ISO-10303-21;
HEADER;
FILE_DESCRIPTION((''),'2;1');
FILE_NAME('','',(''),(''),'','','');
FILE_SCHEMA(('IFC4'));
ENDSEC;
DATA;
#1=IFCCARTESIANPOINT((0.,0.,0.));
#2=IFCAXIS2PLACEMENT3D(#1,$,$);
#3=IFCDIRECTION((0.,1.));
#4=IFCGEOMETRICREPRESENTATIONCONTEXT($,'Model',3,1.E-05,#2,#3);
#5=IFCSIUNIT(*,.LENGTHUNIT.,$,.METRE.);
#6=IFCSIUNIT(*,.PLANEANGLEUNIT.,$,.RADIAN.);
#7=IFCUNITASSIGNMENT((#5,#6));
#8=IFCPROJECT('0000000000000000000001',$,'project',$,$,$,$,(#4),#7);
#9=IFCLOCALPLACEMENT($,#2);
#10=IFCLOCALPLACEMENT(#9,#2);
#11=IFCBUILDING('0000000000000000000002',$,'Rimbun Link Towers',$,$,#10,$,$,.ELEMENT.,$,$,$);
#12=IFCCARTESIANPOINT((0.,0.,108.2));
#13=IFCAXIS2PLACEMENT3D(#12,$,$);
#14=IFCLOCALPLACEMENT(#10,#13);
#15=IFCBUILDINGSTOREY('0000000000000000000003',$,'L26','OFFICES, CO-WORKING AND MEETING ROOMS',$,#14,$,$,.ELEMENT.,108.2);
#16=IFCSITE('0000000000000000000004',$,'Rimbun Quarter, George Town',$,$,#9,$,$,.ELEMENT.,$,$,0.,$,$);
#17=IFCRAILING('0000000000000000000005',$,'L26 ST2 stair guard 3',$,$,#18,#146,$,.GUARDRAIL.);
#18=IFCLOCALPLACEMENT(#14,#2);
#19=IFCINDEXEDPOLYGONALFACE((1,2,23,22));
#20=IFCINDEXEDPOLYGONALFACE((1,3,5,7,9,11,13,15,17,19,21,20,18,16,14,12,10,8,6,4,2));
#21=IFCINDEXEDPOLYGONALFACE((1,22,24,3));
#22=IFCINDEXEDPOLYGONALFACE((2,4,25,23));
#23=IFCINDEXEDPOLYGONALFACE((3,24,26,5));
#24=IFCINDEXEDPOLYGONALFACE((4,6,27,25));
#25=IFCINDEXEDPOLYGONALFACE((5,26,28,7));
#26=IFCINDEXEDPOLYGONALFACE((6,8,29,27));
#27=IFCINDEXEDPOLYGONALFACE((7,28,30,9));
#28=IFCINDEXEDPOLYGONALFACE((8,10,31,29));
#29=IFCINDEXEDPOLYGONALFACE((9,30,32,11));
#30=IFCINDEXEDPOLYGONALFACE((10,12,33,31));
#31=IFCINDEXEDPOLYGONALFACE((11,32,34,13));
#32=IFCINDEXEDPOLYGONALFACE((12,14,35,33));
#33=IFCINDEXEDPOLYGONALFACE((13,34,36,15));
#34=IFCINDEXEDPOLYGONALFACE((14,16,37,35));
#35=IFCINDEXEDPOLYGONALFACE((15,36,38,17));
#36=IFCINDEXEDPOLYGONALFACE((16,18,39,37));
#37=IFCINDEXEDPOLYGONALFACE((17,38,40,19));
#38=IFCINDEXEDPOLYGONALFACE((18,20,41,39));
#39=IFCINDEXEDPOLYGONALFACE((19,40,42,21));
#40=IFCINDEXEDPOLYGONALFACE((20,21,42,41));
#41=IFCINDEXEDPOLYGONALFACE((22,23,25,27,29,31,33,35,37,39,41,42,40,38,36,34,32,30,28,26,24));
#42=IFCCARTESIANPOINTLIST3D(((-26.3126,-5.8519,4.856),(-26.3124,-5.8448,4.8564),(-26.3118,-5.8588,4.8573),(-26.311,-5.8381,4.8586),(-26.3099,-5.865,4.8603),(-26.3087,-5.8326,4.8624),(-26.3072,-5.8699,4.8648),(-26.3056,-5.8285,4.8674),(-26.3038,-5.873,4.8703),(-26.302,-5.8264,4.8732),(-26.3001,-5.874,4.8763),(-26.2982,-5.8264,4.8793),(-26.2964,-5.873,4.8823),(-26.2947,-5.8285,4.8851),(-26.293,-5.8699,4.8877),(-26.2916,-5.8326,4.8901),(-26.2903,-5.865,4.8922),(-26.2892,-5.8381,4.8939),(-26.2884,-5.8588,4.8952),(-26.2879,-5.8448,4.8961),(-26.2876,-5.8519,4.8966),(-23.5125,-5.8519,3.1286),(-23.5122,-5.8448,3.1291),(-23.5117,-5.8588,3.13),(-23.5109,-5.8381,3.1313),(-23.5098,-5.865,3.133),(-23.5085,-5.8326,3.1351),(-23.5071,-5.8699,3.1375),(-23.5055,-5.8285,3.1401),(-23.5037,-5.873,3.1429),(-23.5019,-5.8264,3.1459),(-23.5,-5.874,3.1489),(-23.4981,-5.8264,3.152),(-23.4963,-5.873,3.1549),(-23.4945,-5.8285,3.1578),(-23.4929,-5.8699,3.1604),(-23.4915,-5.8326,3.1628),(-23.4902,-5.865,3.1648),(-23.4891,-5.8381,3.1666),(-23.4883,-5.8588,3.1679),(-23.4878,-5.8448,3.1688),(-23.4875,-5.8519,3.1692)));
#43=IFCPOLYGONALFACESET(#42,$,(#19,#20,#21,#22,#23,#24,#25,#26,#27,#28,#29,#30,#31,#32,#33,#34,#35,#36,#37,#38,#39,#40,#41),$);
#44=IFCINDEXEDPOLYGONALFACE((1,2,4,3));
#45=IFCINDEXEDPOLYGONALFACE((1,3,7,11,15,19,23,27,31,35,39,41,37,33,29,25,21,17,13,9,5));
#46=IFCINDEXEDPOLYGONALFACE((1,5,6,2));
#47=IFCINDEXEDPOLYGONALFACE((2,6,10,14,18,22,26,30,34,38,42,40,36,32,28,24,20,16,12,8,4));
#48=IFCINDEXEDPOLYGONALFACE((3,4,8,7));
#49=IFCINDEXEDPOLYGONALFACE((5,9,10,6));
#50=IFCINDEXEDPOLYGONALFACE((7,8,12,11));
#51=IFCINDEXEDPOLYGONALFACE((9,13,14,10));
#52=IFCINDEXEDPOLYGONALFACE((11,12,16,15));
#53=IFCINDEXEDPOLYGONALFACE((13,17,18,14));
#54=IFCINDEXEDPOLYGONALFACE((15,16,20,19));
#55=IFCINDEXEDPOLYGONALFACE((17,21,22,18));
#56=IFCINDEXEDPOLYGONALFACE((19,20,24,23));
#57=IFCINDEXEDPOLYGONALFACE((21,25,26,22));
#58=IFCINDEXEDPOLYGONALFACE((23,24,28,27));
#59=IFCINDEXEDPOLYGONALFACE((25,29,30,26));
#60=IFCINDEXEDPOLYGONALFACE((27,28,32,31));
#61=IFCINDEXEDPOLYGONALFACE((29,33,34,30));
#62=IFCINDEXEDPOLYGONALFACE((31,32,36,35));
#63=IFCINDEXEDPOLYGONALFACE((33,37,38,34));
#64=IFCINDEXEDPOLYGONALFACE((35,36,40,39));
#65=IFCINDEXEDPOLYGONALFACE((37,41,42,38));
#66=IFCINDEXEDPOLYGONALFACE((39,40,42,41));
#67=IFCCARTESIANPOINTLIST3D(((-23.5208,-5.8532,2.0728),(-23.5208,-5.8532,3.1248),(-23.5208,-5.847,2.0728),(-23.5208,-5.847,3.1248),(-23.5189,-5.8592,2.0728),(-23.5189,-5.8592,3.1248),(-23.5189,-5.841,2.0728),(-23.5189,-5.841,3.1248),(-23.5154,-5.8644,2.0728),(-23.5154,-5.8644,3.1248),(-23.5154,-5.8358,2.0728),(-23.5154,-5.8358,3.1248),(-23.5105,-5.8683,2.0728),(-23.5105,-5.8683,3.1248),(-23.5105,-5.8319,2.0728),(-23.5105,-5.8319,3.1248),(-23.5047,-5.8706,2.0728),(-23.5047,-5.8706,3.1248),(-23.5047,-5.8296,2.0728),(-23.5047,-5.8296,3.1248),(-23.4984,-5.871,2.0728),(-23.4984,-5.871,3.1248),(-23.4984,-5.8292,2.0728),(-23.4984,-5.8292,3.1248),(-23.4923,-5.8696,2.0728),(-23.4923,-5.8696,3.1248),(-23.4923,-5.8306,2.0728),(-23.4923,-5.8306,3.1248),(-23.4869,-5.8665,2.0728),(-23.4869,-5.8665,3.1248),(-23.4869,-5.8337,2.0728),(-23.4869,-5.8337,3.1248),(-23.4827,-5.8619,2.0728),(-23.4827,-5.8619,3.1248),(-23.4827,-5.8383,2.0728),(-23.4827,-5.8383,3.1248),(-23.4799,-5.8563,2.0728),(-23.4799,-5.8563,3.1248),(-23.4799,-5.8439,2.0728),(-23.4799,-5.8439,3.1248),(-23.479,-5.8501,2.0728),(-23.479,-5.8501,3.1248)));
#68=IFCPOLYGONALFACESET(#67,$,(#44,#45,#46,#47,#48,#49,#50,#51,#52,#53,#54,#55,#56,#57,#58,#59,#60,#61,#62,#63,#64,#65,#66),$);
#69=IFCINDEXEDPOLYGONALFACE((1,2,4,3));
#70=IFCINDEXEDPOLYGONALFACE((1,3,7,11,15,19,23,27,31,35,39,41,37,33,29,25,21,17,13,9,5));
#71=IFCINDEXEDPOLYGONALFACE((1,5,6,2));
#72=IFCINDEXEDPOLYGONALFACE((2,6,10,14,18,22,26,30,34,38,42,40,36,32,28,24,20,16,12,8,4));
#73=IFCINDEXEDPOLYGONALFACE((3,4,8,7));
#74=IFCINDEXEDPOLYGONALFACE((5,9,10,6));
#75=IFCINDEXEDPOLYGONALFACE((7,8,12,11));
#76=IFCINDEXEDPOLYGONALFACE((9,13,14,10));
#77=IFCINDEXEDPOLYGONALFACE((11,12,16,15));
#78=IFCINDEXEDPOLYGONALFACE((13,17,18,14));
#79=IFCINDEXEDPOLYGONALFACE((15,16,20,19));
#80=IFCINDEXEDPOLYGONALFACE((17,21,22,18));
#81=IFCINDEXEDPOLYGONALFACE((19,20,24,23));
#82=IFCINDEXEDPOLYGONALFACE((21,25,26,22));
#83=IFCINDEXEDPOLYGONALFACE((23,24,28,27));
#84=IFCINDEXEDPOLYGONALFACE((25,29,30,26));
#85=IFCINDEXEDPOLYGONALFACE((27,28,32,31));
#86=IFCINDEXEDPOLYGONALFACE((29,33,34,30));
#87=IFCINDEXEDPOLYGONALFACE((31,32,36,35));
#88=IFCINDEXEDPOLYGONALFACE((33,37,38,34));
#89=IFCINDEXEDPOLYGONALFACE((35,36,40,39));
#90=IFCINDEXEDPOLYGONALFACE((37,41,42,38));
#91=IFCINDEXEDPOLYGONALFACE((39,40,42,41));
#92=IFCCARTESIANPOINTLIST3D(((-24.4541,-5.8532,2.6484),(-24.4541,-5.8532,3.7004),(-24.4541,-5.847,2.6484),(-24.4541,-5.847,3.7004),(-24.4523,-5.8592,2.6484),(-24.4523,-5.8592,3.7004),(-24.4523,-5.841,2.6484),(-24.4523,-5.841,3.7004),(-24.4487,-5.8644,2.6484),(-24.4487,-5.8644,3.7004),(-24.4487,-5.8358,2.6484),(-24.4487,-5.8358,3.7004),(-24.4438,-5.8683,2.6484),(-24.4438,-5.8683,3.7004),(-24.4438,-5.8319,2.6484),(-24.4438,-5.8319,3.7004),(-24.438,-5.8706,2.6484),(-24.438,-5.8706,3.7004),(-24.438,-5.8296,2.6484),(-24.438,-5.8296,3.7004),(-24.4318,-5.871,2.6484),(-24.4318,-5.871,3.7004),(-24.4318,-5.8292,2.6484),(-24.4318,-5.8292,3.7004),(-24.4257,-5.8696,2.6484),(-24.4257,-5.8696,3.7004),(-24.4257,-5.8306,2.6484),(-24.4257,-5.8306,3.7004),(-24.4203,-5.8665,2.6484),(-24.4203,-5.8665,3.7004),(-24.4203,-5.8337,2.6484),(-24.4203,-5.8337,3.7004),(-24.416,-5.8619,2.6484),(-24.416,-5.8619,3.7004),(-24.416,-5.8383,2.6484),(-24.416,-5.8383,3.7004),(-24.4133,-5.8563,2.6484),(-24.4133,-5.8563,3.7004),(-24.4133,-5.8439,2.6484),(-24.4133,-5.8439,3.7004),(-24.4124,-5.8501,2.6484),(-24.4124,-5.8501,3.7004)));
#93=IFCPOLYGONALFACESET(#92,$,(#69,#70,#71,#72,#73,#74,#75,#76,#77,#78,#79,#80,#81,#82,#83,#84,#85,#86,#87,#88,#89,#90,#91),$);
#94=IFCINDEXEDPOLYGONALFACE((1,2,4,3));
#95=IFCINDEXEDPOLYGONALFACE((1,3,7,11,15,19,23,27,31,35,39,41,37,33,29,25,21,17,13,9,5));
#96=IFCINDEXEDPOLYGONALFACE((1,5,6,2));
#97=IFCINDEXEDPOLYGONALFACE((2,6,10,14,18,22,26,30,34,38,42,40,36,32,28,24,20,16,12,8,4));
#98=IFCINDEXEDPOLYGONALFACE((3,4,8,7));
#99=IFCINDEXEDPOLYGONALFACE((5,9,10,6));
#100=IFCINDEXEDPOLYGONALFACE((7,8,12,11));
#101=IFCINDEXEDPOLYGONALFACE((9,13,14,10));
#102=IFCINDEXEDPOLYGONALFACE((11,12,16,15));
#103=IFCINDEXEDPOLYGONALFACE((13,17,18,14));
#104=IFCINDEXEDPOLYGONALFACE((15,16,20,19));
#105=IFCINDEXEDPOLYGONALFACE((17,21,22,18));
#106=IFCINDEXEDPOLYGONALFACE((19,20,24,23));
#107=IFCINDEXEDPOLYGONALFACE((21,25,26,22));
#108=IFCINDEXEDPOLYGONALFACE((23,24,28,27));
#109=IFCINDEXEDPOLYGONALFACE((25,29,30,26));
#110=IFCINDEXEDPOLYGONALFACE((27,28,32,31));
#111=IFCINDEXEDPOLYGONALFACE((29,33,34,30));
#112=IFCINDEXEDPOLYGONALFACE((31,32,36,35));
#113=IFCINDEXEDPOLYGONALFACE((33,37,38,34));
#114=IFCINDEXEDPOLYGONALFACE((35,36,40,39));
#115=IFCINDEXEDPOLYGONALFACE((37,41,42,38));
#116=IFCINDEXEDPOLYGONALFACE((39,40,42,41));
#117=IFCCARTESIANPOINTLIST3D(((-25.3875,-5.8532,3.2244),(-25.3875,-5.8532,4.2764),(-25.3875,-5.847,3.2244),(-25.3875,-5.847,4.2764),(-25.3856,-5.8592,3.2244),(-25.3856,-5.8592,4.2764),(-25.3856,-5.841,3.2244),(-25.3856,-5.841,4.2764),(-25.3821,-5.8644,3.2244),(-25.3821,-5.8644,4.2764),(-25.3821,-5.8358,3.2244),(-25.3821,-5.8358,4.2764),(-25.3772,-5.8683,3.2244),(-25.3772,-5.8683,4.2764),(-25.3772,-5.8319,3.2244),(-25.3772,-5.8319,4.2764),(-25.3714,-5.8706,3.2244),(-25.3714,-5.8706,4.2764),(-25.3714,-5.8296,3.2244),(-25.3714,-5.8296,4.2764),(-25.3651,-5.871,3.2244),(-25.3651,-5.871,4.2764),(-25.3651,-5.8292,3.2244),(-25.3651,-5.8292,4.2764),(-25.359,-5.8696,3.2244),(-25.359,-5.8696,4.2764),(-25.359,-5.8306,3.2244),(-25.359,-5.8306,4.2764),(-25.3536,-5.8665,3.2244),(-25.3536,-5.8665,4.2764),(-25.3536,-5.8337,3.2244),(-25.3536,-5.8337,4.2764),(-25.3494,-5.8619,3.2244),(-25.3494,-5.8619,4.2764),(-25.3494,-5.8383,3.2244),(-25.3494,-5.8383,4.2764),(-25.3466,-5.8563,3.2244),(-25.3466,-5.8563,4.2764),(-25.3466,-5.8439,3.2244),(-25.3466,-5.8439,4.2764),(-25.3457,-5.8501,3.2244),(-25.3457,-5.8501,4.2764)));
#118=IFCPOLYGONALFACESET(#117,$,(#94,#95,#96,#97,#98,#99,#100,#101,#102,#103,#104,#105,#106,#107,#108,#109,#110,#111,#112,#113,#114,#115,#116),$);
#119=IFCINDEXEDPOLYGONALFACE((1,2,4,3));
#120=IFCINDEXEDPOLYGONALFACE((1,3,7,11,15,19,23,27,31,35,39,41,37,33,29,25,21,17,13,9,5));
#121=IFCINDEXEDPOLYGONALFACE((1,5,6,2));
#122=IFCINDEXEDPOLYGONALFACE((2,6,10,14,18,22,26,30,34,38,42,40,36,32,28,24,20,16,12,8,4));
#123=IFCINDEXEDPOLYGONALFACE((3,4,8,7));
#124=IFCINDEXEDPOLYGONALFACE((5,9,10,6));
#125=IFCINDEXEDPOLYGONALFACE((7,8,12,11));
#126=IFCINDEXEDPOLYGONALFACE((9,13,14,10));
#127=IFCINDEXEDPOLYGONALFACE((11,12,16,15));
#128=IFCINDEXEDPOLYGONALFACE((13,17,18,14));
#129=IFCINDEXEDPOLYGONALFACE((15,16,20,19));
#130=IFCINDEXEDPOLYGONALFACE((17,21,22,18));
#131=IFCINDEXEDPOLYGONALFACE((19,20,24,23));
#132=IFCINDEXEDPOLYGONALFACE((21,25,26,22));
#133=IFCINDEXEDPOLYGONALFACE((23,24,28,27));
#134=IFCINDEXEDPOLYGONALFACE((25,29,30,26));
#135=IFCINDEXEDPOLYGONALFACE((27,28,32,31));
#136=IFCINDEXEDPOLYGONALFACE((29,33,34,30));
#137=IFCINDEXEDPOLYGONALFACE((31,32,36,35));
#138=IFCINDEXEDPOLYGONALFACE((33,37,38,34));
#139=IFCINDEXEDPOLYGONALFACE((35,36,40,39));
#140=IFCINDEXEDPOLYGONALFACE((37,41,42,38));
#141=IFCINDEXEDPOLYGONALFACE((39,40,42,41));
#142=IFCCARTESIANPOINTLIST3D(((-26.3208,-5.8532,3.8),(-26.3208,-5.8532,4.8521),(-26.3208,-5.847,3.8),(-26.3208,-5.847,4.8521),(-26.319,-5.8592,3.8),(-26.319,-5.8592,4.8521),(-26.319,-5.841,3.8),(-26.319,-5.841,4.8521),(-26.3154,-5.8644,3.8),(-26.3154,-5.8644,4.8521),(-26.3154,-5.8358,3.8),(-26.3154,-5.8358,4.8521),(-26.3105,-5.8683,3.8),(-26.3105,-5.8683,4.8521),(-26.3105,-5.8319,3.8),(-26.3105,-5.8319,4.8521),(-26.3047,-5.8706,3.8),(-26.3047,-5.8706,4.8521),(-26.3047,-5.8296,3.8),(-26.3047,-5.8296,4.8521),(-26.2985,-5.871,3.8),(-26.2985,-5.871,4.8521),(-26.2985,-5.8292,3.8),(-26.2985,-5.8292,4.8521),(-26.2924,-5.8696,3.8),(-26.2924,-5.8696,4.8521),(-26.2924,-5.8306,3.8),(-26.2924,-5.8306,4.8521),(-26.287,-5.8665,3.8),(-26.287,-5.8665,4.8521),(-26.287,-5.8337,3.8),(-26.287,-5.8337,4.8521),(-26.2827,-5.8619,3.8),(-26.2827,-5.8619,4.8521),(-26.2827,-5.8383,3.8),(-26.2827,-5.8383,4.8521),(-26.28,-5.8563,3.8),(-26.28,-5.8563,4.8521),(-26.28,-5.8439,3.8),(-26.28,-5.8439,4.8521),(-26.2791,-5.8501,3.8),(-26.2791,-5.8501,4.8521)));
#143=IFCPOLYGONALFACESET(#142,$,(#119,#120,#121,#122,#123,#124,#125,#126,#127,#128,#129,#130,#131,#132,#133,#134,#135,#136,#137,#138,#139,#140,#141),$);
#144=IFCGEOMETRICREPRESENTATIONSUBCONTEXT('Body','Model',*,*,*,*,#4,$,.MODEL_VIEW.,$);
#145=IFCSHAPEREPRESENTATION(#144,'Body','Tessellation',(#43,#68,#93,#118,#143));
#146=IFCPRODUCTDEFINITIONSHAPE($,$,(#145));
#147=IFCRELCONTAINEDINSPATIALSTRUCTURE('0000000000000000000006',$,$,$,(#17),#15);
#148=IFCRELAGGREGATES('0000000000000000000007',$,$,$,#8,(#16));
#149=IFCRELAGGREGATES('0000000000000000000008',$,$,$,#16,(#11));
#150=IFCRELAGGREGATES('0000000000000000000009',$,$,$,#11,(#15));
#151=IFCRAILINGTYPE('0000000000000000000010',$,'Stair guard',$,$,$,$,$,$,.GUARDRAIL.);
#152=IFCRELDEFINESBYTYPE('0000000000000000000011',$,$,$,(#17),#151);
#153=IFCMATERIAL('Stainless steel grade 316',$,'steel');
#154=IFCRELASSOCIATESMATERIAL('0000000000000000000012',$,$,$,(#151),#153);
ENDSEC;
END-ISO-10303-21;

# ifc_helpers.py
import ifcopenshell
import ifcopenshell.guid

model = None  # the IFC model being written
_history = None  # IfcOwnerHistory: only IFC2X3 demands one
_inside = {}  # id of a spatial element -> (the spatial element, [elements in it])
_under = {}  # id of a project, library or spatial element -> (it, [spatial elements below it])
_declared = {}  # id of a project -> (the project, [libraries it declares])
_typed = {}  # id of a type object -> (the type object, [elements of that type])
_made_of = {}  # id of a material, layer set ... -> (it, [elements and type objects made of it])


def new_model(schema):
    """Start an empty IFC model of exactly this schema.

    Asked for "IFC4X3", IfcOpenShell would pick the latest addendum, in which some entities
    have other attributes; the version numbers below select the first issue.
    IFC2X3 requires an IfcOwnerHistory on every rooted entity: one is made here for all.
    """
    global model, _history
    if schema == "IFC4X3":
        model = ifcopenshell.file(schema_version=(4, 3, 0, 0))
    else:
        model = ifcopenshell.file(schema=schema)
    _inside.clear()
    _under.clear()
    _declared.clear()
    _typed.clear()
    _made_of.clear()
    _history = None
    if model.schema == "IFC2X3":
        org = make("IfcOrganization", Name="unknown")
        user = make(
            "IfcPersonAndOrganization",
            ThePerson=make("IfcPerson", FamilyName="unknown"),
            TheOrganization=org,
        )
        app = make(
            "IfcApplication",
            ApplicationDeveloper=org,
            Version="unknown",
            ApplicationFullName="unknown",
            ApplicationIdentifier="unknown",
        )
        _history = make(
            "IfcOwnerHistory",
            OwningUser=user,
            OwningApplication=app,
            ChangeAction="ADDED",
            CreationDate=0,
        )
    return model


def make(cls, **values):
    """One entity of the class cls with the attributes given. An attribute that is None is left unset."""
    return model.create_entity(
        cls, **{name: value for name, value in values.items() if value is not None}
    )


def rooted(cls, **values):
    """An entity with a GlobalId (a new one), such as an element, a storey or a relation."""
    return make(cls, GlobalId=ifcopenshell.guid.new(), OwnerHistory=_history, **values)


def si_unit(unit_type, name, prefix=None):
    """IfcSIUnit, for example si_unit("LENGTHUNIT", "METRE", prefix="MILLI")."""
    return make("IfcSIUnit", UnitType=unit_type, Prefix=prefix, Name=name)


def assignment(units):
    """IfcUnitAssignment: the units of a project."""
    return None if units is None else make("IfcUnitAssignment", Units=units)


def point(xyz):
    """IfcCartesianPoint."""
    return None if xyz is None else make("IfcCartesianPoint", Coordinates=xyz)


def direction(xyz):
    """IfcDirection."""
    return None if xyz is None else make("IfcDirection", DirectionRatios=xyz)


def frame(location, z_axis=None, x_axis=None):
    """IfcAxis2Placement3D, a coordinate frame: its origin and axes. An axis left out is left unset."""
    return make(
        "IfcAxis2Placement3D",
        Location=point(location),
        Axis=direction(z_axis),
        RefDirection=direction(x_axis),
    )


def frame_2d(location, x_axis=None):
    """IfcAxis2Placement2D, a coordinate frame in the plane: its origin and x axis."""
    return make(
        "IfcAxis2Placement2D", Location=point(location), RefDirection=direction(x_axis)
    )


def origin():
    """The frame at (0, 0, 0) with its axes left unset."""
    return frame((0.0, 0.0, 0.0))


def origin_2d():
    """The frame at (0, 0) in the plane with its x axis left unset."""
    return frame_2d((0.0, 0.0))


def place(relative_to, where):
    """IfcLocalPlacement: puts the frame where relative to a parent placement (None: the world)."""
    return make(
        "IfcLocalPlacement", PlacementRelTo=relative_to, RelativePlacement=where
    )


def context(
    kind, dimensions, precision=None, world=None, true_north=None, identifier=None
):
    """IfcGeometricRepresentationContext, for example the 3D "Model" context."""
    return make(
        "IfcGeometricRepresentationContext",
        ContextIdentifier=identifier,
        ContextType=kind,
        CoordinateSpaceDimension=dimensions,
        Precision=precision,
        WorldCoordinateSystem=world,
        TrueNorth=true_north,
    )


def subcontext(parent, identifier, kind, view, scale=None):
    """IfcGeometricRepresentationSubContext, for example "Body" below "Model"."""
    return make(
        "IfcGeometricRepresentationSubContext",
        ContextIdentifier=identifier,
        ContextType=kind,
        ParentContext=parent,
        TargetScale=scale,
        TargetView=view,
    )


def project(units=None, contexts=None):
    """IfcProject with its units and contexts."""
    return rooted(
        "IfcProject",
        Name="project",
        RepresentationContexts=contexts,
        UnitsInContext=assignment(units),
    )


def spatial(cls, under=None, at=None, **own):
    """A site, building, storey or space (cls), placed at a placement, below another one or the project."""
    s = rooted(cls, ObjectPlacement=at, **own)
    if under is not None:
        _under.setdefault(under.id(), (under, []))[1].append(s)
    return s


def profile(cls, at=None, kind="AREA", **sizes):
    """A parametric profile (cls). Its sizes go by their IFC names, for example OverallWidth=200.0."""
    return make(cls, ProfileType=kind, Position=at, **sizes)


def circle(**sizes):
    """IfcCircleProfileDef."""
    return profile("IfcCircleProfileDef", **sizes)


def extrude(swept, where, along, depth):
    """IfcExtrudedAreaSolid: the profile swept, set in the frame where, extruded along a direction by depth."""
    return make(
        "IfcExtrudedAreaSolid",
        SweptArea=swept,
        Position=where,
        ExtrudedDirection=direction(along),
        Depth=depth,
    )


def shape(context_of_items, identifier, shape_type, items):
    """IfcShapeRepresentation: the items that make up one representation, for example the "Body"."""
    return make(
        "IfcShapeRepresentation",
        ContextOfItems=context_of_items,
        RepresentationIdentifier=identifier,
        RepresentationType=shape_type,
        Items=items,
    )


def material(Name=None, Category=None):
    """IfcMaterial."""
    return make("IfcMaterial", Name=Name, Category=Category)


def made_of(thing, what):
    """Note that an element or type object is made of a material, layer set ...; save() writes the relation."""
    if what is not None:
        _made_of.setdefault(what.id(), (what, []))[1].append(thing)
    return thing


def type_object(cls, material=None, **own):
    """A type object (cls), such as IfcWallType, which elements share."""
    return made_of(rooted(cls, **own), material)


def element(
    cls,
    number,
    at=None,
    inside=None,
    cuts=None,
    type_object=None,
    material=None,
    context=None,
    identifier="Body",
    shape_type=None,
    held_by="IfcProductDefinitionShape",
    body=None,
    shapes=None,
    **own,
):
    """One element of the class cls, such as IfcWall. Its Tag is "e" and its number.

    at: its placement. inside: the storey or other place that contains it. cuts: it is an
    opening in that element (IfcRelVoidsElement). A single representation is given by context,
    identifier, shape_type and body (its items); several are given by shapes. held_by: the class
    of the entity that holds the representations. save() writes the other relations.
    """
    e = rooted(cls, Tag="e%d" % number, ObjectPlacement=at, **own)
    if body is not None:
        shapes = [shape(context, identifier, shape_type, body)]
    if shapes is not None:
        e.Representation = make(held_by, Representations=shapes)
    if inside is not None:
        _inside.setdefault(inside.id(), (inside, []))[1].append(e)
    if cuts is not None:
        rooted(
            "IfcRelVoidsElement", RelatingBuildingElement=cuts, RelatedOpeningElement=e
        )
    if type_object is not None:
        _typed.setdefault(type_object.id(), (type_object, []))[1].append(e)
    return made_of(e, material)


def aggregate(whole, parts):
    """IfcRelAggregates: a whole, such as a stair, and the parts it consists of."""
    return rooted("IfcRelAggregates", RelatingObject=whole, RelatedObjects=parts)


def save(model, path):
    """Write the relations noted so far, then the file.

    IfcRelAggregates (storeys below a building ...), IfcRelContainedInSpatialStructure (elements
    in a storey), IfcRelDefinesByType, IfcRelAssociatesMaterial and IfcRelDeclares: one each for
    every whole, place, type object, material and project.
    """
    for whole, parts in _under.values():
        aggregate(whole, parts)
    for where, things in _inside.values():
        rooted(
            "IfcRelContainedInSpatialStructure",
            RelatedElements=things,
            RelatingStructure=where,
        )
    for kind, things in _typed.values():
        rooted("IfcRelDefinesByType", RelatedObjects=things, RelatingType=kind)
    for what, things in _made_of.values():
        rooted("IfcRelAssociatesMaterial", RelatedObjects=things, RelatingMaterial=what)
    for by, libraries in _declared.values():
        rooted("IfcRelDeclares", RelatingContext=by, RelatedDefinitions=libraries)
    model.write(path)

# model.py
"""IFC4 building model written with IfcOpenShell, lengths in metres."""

from ifc_helpers import new_model, si_unit, direction, frame, origin, origin_2d, place, context, subcontext, project, spatial, circle, extrude, material, type_object, element, save


model = new_model("IFC4")

# Units and contexts
model_context = context("Model", 3, precision=1e-05, world=origin(), true_north=direction((0.0, 1.0)))
body_context = subcontext(model_context, "Body", "Model", "MODEL_VIEW")
ifc_project = project(units=[si_unit("LENGTHUNIT", "METRE"), si_unit("PLANEANGLEUNIT", "RADIAN")], contexts=[model_context])

# Site, building, storey
site_placement = place(None, origin())
site = spatial("IfcSite", under=ifc_project, at=site_placement, Name="Rimbun Quarter, George Town", CompositionType="ELEMENT", RefElevation=0.0)
building_placement = place(site_placement, origin())
building = spatial("IfcBuilding", under=site, at=building_placement, Name="Rimbun Link Towers", CompositionType="ELEMENT")
storey_placement = place(building_placement, frame((0.0, 0.0, 108.2)))
storey = spatial("IfcBuildingStorey", under=building, at=storey_placement, Name="L26", Description="OFFICES, CO-WORKING AND MEETING ROOMS", CompositionType="ELEMENT", Elevation=108.2)

# Railing
ifc_material_1 = material(Name="Stainless steel grade 316", Category="steel")
railing_type_1 = type_object("IfcRailingType", Name="Stair guard", PredefinedType="GUARDRAIL", material=ifc_material_1)
railing_1_placement = place(storey_placement, frame((-23.5, -5.8501, 2.0728)))
element("IfcRailing", 1, at=railing_1_placement, inside=storey, type_object=railing_type_1, Name="L26 ST2 stair guard 3", PredefinedType="GUARDRAIL", context=body_context, shape_type="SweptSolid", body=[
    extrude(circle(Radius=0.0239, at=origin_2d()), frame((0.0, 0.0, 1.0762), z_axis=(-0.85109, 0.0, 0.52502), x_axis=(0.0, -1.0, 0.0)), (0.0, 0.0, 1.0), 3.29),
    extrude(circle(Radius=0.021, at=origin_2d()), origin(), (0.0, 0.0, 1.0), 1.052),
    extrude(circle(Radius=0.021, at=origin_2d()), frame((-0.9333, 0.0, 0.5757)), (0.0, 0.0, 1.0), 1.052),
    extrude(circle(Radius=0.021, at=origin_2d()), frame((-1.8667, 0.0, 1.1516)), (0.0, 0.0, 1.0), 1.052),
    extrude(circle(Radius=0.021, at=origin_2d()), frame((-2.8, 0.0, 1.7273)), (0.0, 0.0, 1.0), 1.052),
])

save(model, "model.ifc")
